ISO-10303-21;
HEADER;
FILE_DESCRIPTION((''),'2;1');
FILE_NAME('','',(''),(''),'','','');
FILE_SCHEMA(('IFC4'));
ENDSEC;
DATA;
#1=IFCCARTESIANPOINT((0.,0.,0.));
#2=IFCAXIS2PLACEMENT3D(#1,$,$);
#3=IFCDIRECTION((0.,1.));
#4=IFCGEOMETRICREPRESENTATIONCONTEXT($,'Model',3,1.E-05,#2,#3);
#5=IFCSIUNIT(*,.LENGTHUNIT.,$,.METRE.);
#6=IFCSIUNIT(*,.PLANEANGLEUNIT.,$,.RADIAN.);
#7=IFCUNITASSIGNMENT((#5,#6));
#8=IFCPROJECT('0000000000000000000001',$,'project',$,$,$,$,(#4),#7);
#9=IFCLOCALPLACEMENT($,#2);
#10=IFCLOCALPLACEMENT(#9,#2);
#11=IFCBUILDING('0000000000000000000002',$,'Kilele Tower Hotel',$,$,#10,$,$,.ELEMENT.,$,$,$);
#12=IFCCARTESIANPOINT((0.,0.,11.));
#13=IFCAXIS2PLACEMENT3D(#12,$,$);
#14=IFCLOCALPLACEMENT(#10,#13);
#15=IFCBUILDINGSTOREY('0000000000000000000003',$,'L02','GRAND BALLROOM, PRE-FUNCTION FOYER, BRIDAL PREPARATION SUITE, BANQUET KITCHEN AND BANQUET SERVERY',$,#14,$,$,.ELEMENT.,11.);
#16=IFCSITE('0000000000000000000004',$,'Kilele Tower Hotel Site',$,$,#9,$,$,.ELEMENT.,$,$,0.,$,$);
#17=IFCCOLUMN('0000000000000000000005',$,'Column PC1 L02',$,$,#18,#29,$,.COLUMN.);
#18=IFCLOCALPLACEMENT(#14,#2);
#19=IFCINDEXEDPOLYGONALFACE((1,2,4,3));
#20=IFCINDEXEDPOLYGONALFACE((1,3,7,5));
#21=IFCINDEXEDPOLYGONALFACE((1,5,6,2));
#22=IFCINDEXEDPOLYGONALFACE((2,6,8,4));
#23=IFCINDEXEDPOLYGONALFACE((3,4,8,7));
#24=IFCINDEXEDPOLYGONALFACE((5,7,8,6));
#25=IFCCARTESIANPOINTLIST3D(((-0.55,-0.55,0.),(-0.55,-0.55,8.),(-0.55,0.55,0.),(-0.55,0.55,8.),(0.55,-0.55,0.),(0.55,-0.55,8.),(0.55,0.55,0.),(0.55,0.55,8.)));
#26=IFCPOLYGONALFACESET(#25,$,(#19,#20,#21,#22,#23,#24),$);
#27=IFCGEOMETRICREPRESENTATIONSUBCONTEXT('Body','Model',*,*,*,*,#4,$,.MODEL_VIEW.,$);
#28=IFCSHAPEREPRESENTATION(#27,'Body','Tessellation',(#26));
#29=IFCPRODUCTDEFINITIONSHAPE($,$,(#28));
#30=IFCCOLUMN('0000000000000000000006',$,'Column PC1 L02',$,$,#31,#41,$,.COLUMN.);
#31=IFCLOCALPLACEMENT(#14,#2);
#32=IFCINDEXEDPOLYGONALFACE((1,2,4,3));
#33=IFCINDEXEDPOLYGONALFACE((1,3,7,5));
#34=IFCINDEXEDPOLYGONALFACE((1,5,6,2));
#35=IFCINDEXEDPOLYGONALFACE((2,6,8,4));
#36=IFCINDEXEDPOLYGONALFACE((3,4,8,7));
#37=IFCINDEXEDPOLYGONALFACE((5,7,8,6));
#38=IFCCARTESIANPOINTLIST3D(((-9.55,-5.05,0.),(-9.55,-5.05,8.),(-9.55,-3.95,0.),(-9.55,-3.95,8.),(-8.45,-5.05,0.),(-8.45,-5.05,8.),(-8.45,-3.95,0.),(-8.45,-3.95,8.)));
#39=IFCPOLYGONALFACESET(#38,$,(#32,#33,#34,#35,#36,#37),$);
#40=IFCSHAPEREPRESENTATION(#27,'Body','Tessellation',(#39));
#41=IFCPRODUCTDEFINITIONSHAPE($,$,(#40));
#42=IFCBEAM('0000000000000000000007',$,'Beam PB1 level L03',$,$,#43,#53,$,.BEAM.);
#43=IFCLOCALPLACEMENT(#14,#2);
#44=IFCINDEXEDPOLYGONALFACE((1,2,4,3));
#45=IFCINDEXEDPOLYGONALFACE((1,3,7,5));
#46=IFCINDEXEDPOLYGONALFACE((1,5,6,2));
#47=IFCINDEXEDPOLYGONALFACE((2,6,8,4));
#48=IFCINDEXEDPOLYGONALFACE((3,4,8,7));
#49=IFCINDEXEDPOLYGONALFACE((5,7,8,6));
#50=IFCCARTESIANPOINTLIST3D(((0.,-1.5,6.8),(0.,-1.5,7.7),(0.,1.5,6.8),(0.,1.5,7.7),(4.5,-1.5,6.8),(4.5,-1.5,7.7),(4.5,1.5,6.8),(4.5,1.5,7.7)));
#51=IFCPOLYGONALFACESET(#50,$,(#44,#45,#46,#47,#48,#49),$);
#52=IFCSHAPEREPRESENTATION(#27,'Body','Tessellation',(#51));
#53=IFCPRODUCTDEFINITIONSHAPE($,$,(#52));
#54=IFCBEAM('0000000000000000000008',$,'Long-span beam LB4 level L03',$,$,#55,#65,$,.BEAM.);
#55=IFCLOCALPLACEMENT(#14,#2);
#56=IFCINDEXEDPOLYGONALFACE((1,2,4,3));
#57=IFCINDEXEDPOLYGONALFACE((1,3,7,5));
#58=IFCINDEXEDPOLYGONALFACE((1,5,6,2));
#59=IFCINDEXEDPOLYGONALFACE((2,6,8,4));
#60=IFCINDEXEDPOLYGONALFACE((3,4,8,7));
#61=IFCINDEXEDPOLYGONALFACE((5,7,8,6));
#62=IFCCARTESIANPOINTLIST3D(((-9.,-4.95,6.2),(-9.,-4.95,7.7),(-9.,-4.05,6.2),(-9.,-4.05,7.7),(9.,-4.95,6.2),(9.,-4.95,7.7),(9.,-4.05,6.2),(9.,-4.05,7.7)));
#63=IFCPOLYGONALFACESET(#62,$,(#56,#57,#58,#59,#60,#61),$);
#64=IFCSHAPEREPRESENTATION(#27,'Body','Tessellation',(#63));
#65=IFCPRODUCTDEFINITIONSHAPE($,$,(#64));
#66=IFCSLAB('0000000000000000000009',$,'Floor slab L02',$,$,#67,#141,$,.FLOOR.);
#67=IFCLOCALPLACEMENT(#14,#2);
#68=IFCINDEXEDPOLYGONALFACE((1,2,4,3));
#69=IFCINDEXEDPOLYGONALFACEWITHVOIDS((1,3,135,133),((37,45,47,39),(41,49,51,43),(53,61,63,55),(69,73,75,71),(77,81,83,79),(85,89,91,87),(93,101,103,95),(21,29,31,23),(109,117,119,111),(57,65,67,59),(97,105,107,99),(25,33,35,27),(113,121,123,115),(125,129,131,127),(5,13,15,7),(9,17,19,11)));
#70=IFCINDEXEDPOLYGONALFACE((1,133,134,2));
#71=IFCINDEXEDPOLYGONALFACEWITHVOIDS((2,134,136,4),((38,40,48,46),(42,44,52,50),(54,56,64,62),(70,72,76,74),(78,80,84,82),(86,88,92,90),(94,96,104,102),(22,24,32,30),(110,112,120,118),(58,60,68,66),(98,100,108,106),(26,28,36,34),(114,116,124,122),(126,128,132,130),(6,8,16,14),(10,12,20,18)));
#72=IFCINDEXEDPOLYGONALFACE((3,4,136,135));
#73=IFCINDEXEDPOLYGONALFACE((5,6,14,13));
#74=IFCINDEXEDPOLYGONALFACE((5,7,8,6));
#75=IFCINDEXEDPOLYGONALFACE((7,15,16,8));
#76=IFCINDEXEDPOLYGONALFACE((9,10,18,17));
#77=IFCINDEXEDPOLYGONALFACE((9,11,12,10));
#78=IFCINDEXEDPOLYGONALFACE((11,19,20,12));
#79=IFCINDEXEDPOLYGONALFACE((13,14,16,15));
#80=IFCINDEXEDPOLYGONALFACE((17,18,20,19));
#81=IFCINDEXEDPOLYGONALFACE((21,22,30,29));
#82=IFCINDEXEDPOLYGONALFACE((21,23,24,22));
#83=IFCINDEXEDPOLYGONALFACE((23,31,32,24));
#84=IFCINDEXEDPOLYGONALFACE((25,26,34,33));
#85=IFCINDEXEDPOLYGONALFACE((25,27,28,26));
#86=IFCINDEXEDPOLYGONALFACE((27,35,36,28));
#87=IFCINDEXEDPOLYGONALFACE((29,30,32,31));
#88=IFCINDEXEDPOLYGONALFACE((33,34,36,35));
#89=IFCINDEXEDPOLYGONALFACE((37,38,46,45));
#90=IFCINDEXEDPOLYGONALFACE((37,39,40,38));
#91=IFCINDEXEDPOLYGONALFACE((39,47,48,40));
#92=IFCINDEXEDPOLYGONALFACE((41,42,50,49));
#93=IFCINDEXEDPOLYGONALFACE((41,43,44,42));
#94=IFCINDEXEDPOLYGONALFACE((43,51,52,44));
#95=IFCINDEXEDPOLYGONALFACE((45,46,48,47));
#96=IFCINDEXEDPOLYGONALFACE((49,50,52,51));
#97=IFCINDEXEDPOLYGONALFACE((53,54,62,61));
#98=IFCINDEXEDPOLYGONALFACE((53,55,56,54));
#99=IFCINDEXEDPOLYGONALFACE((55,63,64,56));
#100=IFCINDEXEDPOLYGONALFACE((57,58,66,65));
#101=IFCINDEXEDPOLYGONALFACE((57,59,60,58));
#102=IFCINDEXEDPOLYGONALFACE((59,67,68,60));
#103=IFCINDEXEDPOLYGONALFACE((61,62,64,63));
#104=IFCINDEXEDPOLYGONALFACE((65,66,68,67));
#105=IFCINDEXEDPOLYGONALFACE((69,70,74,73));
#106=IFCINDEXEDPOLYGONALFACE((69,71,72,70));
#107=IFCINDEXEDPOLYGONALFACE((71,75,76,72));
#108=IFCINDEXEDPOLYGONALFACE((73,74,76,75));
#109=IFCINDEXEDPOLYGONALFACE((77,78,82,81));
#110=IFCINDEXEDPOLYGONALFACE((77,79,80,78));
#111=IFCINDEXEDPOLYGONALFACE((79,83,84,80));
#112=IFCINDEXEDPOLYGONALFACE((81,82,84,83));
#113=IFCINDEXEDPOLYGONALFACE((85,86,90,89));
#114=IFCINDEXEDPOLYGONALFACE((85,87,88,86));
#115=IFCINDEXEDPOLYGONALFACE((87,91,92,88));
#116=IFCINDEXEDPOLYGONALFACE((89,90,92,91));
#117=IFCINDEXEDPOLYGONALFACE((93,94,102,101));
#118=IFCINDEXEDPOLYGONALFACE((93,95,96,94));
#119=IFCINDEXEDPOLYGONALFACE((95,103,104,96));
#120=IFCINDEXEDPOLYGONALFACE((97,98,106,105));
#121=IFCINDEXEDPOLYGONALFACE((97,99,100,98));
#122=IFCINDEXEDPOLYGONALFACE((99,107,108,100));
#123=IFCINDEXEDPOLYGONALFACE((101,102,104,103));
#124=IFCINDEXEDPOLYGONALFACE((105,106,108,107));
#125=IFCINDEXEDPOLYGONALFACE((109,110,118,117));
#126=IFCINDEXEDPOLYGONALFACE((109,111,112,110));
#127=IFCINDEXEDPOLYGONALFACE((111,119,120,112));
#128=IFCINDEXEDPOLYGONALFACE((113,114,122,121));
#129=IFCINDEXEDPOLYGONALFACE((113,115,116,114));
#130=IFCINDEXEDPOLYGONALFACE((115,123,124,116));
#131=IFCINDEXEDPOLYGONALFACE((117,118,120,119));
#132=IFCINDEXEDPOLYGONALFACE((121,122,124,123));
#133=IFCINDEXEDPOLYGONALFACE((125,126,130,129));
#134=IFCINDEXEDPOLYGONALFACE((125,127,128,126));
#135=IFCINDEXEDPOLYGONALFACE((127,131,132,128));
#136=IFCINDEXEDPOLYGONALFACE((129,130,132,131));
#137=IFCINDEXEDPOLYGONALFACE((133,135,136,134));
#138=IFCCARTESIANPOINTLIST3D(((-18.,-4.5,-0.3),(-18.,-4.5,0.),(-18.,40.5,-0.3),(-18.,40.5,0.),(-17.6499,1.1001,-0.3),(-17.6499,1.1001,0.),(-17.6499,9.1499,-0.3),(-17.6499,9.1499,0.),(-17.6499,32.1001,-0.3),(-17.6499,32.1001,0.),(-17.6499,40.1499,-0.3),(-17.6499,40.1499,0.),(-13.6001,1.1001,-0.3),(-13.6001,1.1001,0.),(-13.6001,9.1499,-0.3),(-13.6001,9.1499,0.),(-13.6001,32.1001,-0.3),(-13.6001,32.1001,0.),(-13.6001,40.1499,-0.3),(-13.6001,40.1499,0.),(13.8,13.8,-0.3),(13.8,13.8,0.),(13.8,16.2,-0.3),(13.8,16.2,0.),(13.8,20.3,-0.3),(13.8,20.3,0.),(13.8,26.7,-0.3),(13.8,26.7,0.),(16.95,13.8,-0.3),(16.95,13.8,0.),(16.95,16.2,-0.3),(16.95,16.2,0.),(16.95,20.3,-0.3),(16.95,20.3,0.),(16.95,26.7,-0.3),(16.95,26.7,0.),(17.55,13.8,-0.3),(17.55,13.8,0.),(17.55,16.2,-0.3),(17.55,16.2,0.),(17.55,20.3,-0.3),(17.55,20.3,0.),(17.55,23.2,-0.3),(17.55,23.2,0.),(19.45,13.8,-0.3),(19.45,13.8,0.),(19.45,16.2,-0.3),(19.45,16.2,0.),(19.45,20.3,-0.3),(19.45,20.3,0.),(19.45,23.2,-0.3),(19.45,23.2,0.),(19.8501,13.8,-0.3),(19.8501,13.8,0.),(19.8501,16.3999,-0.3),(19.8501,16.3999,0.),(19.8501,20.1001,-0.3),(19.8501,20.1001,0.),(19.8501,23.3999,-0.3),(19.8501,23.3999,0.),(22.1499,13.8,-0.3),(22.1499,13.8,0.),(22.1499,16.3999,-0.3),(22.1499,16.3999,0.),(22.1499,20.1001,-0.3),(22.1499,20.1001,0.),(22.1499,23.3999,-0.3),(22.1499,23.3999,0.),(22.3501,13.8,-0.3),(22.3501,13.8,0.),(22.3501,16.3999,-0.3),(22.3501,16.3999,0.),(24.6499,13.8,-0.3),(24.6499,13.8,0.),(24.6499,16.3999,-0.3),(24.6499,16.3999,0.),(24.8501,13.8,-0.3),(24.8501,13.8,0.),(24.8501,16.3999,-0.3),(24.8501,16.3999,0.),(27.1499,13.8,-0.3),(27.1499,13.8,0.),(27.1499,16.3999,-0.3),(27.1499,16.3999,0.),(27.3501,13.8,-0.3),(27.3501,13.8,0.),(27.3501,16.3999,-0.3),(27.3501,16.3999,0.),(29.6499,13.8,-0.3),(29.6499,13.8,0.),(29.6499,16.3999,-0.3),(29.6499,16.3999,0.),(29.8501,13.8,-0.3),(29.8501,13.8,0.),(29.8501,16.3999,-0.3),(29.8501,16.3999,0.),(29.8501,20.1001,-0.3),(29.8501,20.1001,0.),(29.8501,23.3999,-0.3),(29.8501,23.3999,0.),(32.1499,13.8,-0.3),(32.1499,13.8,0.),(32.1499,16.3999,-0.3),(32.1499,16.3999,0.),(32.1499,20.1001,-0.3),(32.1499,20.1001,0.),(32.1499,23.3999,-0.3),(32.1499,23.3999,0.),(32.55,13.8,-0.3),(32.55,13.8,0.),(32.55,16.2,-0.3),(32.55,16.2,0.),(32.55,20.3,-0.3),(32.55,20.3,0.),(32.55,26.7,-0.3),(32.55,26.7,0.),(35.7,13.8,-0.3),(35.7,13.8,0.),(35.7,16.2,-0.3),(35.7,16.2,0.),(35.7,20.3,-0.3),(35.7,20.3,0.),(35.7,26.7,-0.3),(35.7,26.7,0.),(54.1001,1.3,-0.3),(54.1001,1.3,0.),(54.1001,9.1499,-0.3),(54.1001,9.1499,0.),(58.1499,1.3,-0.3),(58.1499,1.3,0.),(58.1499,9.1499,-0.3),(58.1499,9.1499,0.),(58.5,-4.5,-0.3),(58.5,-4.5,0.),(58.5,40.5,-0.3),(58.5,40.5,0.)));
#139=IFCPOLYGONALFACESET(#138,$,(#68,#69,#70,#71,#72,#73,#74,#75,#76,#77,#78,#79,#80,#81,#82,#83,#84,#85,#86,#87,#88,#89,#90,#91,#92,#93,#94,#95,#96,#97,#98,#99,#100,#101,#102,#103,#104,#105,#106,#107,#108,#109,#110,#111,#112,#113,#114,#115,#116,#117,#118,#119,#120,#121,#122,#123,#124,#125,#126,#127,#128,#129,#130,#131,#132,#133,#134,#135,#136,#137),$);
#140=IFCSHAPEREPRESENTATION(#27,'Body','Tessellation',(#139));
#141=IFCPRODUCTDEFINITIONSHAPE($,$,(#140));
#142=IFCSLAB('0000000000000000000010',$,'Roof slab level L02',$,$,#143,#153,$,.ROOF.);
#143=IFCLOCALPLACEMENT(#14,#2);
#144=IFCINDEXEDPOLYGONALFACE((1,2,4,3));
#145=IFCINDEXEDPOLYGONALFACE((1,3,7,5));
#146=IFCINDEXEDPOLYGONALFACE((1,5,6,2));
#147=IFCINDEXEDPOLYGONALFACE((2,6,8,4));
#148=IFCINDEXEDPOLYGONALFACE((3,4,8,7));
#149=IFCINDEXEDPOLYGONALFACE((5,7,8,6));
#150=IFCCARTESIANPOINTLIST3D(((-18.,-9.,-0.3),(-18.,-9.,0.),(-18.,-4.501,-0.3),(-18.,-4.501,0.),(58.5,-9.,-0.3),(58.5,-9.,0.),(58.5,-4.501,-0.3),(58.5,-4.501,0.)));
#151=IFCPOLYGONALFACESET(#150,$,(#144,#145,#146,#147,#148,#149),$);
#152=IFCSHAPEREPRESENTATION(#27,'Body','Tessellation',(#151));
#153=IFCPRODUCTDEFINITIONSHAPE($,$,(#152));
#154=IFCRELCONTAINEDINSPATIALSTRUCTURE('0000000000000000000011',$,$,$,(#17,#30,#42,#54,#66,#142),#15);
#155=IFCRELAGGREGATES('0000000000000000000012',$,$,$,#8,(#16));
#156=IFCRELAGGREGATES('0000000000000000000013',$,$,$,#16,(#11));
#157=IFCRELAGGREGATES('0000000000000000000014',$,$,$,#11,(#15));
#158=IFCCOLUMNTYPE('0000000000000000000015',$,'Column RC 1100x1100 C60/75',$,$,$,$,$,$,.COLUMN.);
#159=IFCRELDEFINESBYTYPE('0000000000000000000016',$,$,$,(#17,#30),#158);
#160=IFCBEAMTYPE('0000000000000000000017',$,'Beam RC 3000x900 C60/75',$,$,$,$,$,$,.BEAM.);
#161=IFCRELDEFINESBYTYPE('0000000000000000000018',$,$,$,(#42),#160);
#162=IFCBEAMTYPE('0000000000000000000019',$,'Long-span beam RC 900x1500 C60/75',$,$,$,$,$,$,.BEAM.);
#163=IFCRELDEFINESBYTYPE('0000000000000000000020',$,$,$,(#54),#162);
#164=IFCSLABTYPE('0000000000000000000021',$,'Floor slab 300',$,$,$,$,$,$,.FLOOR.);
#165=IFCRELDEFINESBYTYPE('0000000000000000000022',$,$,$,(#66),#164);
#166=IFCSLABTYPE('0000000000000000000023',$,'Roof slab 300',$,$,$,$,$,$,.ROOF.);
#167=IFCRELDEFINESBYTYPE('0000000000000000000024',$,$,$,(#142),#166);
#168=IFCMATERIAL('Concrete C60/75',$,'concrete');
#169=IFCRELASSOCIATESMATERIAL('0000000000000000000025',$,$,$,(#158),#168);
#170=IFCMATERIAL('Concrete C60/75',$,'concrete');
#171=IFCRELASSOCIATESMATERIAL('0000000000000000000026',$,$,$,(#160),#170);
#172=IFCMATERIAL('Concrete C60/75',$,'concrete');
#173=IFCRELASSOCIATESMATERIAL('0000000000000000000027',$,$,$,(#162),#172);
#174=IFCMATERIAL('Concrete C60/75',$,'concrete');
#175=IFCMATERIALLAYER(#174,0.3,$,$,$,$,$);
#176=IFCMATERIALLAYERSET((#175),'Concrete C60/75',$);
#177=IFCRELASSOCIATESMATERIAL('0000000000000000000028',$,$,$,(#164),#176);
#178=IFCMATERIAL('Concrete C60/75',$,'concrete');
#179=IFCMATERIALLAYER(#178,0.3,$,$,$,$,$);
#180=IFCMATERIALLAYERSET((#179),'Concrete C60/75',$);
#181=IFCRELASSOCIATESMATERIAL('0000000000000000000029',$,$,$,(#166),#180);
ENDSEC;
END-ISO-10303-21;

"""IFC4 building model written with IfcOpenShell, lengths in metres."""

from ifc_helpers import new_model, si_unit, direction, frame, origin, origin_2d, place, context, subcontext, project, spatial, polyline, rectangle, outline, extrude, material, layer, layer_set, material_profile, profile_set, type_object, element, save


model = new_model("IFC4")

# Units and contexts
model_context = context("Model", 3, precision=1e-05, world=origin(), true_north=direction((0.0, 1.0)))
body_context = subcontext(model_context, "Body", "Model", "MODEL_VIEW")
ifc_project = project(units=[si_unit("LENGTHUNIT", "METRE"), si_unit("PLANEANGLEUNIT", "RADIAN")], contexts=[model_context])

# Site, building, storey
site_placement = place(None, origin())
site = spatial("IfcSite", under=ifc_project, at=site_placement, Name="Kilele Tower Hotel Site", CompositionType="ELEMENT", RefElevation=0.0)
building_placement = place(site_placement, origin())
building = spatial("IfcBuilding", under=site, at=building_placement, Name="Kilele Tower Hotel", CompositionType="ELEMENT")
storey_placement = place(building_placement, frame((0.0, 0.0, 11.0)))
storey = spatial("IfcBuildingStorey", under=building, at=storey_placement, Name="L02", Description="GRAND BALLROOM, PRE-FUNCTION FOYER, BRIDAL PREPARATION SUITE, BANQUET KITCHEN AND BANQUET SERVERY", CompositionType="ELEMENT", Elevation=11.0)

# Columns
ifc_material_1 = material(Name="Concrete C60/75", Category="concrete")
ifc_material_profile_1 = material_profile(ifc_material_1, rectangle(XDim=1.1001, YDim=1.1001, at=origin_2d()))
ifc_profile_set_1 = profile_set([ifc_material_profile_1], Name="Concrete C60/75")
column_type = type_object("IfcColumnType", Name="Column RC 1100x1100 C60/75", PredefinedType="COLUMN", material=ifc_profile_set_1)
for number, where, z_axis, x_axis, name in (
    (1, (0.0, 0.0, 0.0), (0.0, 0.0, 1.0), (1.0, 0.0, 0.0), "Column PC1 L02"),
    (2, (-9.0, -4.5, 0.0), (0.0, 0.0, 1.0), (1.0, 0.0, 0.0), "Column PC1 L02"),
):
    element("IfcColumn", number, at=place(storey_placement, frame(where, z_axis=z_axis, x_axis=x_axis)), inside=storey, type_object=column_type, Name=name, PredefinedType="COLUMN", context=body_context, shape_type="SweptSolid", body=[
        extrude(rectangle(XDim=1.1001, YDim=1.1001, at=origin_2d()), origin(), (0.0, 0.0, 1.0), 8.0),
    ])

# Beams
ifc_material_2 = material(Name="Concrete C60/75", Category="concrete")
ifc_material_profile_2 = material_profile(ifc_material_2, rectangle(XDim=3.0, YDim=0.8999, at=origin_2d()))
ifc_profile_set_2 = profile_set([ifc_material_profile_2], Name="Concrete C60/75")
beam_type_1 = type_object("IfcBeamType", Name="Beam RC 3000x900 C60/75", PredefinedType="BEAM", material=ifc_profile_set_2)
beam_1_placement = place(storey_placement, frame((0.0, 0.0, 7.25), z_axis=(1.0, 0.0, 0.0), x_axis=(0.0, 1.0, 0.0)))
element("IfcBeam", 3, at=beam_1_placement, inside=storey, type_object=beam_type_1, Name="Beam PB1 level L03", PredefinedType="BEAM", context=body_context, shape_type="SweptSolid", body=[
    extrude(rectangle(XDim=3.0, YDim=0.8999, at=origin_2d()), origin(), (0.0, 0.0, 1.0), 4.5),
])
ifc_material_3 = material(Name="Concrete C60/75", Category="concrete")
ifc_material_profile_3 = material_profile(ifc_material_3, rectangle(XDim=0.8999, YDim=1.5, at=origin_2d()))
ifc_profile_set_3 = profile_set([ifc_material_profile_3], Name="Concrete C60/75")
beam_type_2 = type_object("IfcBeamType", Name="Long-span beam RC 900x1500 C60/75", PredefinedType="BEAM", material=ifc_profile_set_3)
beam_2_placement = place(storey_placement, frame((-9.0, -4.5, 6.95), z_axis=(1.0, 0.0, 0.0), x_axis=(0.0, 1.0, 0.0)))
element("IfcBeam", 4, at=beam_2_placement, inside=storey, type_object=beam_type_2, Name="Long-span beam LB4 level L03", PredefinedType="BEAM", context=body_context, shape_type="SweptSolid", body=[
    extrude(rectangle(XDim=0.8999, YDim=1.5, at=origin_2d()), origin(), (0.0, 0.0, 1.0), 18.0),
])

# Slabs
ifc_material_4 = material(Name="Concrete C60/75", Category="concrete")
ifc_layer_1 = layer(ifc_material_4, 0.3)
ifc_layer_set_1 = layer_set([ifc_layer_1], Name="Concrete C60/75")
slab_type_1 = type_object("IfcSlabType", Name="Floor slab 300", PredefinedType="FLOOR", material=ifc_layer_set_1)
slab_1_placement = place(storey_placement, frame((0.0, 0.0, -0.3)))
element("IfcSlab", 5, at=slab_1_placement, inside=storey, type_object=slab_type_1, Name="Floor slab L02", PredefinedType="FLOOR", context=body_context, shape_type="SweptSolid", body=[
    extrude(outline(polyline([(-18.0, -4.5), (-18.0, 40.5), (58.5, 40.5), (58.5, -4.5), (-18.0, -4.5)]), holes=[polyline([(-13.6001, 1.1001), (-13.6001, 9.1499), (-17.6499, 9.1499), (-17.6499, 1.1001), (-13.6001, 1.1001)]), polyline([(16.95, 13.8), (16.95, 16.2), (13.8, 16.2), (13.8, 13.8), (16.95, 13.8)]), polyline([(19.45, 13.8), (19.45, 16.2), (17.55, 16.2), (17.55, 13.8), (19.45, 13.8)]), polyline([(22.1499, 13.8), (22.1499, 16.3999), (19.8501, 16.3999), (19.8501, 13.8), (22.1499, 13.8)]), polyline([(19.45, 20.3), (19.45, 23.2), (17.55, 23.2), (17.55, 20.3), (19.45, 20.3)]), polyline([(22.1499, 20.1001), (22.1499, 23.3999), (19.8501, 23.3999), (19.8501, 20.1001), (22.1499, 20.1001)]), polyline([(16.95, 20.3), (16.95, 26.7), (13.8, 26.7), (13.8, 20.3), (16.95, 20.3)]), polyline([(-13.6001, 32.1001), (-13.6001, 40.1499), (-17.6499, 40.1499), (-17.6499, 32.1001), (-13.6001, 32.1001)]), polyline([(58.1499, 1.3), (58.1499, 9.1499), (54.1001, 9.1499), (54.1001, 1.3), (58.1499, 1.3)]), polyline([(35.7, 13.8), (35.7, 16.2), (32.55, 16.2), (32.55, 13.8), (35.7, 13.8)]), polyline([(24.6499, 13.8), (24.6499, 16.3999), (22.3501, 16.3999), (22.3501, 13.8), (24.6499, 13.8)]), polyline([(27.1499, 13.8), (27.1499, 16.3999), (24.8501, 16.3999), (24.8501, 13.8), (27.1499, 13.8)]), polyline([(29.6499, 13.8), (29.6499, 16.3999), (27.3501, 16.3999), (27.3501, 13.8), (29.6499, 13.8)]), polyline([(32.1499, 13.8), (32.1499, 16.3999), (29.8501, 16.3999), (29.8501, 13.8), (32.1499, 13.8)]), polyline([(32.1499, 20.1001), (32.1499, 23.3999), (29.8501, 23.3999), (29.8501, 20.1001), (32.1499, 20.1001)]), polyline([(35.7, 20.3), (35.7, 26.7), (32.55, 26.7), (32.55, 20.3), (35.7, 20.3)])]), origin(), (0.0, 0.0, 1.0), 0.3),
])
ifc_material_5 = material(Name="Concrete C60/75", Category="concrete")
ifc_layer_2 = layer(ifc_material_5, 0.3)
ifc_layer_set_2 = layer_set([ifc_layer_2], Name="Concrete C60/75")
slab_type_2 = type_object("IfcSlabType", Name="Roof slab 300", PredefinedType="ROOF", material=ifc_layer_set_2)
slab_2_placement = place(storey_placement, frame((0.0, 0.0, -0.3)))
element("IfcSlab", 6, at=slab_2_placement, inside=storey, type_object=slab_type_2, Name="Roof slab level L02", PredefinedType="ROOF", context=body_context, shape_type="SweptSolid", body=[
    extrude(outline(polyline([(58.5, -9.0), (-18.0, -9.0), (-18.0, -4.501), (58.5, -4.501), (58.5, -9.0)])), origin(), (0.0, 0.0, 1.0), 0.3),
])

save(model, "model.ifc")
